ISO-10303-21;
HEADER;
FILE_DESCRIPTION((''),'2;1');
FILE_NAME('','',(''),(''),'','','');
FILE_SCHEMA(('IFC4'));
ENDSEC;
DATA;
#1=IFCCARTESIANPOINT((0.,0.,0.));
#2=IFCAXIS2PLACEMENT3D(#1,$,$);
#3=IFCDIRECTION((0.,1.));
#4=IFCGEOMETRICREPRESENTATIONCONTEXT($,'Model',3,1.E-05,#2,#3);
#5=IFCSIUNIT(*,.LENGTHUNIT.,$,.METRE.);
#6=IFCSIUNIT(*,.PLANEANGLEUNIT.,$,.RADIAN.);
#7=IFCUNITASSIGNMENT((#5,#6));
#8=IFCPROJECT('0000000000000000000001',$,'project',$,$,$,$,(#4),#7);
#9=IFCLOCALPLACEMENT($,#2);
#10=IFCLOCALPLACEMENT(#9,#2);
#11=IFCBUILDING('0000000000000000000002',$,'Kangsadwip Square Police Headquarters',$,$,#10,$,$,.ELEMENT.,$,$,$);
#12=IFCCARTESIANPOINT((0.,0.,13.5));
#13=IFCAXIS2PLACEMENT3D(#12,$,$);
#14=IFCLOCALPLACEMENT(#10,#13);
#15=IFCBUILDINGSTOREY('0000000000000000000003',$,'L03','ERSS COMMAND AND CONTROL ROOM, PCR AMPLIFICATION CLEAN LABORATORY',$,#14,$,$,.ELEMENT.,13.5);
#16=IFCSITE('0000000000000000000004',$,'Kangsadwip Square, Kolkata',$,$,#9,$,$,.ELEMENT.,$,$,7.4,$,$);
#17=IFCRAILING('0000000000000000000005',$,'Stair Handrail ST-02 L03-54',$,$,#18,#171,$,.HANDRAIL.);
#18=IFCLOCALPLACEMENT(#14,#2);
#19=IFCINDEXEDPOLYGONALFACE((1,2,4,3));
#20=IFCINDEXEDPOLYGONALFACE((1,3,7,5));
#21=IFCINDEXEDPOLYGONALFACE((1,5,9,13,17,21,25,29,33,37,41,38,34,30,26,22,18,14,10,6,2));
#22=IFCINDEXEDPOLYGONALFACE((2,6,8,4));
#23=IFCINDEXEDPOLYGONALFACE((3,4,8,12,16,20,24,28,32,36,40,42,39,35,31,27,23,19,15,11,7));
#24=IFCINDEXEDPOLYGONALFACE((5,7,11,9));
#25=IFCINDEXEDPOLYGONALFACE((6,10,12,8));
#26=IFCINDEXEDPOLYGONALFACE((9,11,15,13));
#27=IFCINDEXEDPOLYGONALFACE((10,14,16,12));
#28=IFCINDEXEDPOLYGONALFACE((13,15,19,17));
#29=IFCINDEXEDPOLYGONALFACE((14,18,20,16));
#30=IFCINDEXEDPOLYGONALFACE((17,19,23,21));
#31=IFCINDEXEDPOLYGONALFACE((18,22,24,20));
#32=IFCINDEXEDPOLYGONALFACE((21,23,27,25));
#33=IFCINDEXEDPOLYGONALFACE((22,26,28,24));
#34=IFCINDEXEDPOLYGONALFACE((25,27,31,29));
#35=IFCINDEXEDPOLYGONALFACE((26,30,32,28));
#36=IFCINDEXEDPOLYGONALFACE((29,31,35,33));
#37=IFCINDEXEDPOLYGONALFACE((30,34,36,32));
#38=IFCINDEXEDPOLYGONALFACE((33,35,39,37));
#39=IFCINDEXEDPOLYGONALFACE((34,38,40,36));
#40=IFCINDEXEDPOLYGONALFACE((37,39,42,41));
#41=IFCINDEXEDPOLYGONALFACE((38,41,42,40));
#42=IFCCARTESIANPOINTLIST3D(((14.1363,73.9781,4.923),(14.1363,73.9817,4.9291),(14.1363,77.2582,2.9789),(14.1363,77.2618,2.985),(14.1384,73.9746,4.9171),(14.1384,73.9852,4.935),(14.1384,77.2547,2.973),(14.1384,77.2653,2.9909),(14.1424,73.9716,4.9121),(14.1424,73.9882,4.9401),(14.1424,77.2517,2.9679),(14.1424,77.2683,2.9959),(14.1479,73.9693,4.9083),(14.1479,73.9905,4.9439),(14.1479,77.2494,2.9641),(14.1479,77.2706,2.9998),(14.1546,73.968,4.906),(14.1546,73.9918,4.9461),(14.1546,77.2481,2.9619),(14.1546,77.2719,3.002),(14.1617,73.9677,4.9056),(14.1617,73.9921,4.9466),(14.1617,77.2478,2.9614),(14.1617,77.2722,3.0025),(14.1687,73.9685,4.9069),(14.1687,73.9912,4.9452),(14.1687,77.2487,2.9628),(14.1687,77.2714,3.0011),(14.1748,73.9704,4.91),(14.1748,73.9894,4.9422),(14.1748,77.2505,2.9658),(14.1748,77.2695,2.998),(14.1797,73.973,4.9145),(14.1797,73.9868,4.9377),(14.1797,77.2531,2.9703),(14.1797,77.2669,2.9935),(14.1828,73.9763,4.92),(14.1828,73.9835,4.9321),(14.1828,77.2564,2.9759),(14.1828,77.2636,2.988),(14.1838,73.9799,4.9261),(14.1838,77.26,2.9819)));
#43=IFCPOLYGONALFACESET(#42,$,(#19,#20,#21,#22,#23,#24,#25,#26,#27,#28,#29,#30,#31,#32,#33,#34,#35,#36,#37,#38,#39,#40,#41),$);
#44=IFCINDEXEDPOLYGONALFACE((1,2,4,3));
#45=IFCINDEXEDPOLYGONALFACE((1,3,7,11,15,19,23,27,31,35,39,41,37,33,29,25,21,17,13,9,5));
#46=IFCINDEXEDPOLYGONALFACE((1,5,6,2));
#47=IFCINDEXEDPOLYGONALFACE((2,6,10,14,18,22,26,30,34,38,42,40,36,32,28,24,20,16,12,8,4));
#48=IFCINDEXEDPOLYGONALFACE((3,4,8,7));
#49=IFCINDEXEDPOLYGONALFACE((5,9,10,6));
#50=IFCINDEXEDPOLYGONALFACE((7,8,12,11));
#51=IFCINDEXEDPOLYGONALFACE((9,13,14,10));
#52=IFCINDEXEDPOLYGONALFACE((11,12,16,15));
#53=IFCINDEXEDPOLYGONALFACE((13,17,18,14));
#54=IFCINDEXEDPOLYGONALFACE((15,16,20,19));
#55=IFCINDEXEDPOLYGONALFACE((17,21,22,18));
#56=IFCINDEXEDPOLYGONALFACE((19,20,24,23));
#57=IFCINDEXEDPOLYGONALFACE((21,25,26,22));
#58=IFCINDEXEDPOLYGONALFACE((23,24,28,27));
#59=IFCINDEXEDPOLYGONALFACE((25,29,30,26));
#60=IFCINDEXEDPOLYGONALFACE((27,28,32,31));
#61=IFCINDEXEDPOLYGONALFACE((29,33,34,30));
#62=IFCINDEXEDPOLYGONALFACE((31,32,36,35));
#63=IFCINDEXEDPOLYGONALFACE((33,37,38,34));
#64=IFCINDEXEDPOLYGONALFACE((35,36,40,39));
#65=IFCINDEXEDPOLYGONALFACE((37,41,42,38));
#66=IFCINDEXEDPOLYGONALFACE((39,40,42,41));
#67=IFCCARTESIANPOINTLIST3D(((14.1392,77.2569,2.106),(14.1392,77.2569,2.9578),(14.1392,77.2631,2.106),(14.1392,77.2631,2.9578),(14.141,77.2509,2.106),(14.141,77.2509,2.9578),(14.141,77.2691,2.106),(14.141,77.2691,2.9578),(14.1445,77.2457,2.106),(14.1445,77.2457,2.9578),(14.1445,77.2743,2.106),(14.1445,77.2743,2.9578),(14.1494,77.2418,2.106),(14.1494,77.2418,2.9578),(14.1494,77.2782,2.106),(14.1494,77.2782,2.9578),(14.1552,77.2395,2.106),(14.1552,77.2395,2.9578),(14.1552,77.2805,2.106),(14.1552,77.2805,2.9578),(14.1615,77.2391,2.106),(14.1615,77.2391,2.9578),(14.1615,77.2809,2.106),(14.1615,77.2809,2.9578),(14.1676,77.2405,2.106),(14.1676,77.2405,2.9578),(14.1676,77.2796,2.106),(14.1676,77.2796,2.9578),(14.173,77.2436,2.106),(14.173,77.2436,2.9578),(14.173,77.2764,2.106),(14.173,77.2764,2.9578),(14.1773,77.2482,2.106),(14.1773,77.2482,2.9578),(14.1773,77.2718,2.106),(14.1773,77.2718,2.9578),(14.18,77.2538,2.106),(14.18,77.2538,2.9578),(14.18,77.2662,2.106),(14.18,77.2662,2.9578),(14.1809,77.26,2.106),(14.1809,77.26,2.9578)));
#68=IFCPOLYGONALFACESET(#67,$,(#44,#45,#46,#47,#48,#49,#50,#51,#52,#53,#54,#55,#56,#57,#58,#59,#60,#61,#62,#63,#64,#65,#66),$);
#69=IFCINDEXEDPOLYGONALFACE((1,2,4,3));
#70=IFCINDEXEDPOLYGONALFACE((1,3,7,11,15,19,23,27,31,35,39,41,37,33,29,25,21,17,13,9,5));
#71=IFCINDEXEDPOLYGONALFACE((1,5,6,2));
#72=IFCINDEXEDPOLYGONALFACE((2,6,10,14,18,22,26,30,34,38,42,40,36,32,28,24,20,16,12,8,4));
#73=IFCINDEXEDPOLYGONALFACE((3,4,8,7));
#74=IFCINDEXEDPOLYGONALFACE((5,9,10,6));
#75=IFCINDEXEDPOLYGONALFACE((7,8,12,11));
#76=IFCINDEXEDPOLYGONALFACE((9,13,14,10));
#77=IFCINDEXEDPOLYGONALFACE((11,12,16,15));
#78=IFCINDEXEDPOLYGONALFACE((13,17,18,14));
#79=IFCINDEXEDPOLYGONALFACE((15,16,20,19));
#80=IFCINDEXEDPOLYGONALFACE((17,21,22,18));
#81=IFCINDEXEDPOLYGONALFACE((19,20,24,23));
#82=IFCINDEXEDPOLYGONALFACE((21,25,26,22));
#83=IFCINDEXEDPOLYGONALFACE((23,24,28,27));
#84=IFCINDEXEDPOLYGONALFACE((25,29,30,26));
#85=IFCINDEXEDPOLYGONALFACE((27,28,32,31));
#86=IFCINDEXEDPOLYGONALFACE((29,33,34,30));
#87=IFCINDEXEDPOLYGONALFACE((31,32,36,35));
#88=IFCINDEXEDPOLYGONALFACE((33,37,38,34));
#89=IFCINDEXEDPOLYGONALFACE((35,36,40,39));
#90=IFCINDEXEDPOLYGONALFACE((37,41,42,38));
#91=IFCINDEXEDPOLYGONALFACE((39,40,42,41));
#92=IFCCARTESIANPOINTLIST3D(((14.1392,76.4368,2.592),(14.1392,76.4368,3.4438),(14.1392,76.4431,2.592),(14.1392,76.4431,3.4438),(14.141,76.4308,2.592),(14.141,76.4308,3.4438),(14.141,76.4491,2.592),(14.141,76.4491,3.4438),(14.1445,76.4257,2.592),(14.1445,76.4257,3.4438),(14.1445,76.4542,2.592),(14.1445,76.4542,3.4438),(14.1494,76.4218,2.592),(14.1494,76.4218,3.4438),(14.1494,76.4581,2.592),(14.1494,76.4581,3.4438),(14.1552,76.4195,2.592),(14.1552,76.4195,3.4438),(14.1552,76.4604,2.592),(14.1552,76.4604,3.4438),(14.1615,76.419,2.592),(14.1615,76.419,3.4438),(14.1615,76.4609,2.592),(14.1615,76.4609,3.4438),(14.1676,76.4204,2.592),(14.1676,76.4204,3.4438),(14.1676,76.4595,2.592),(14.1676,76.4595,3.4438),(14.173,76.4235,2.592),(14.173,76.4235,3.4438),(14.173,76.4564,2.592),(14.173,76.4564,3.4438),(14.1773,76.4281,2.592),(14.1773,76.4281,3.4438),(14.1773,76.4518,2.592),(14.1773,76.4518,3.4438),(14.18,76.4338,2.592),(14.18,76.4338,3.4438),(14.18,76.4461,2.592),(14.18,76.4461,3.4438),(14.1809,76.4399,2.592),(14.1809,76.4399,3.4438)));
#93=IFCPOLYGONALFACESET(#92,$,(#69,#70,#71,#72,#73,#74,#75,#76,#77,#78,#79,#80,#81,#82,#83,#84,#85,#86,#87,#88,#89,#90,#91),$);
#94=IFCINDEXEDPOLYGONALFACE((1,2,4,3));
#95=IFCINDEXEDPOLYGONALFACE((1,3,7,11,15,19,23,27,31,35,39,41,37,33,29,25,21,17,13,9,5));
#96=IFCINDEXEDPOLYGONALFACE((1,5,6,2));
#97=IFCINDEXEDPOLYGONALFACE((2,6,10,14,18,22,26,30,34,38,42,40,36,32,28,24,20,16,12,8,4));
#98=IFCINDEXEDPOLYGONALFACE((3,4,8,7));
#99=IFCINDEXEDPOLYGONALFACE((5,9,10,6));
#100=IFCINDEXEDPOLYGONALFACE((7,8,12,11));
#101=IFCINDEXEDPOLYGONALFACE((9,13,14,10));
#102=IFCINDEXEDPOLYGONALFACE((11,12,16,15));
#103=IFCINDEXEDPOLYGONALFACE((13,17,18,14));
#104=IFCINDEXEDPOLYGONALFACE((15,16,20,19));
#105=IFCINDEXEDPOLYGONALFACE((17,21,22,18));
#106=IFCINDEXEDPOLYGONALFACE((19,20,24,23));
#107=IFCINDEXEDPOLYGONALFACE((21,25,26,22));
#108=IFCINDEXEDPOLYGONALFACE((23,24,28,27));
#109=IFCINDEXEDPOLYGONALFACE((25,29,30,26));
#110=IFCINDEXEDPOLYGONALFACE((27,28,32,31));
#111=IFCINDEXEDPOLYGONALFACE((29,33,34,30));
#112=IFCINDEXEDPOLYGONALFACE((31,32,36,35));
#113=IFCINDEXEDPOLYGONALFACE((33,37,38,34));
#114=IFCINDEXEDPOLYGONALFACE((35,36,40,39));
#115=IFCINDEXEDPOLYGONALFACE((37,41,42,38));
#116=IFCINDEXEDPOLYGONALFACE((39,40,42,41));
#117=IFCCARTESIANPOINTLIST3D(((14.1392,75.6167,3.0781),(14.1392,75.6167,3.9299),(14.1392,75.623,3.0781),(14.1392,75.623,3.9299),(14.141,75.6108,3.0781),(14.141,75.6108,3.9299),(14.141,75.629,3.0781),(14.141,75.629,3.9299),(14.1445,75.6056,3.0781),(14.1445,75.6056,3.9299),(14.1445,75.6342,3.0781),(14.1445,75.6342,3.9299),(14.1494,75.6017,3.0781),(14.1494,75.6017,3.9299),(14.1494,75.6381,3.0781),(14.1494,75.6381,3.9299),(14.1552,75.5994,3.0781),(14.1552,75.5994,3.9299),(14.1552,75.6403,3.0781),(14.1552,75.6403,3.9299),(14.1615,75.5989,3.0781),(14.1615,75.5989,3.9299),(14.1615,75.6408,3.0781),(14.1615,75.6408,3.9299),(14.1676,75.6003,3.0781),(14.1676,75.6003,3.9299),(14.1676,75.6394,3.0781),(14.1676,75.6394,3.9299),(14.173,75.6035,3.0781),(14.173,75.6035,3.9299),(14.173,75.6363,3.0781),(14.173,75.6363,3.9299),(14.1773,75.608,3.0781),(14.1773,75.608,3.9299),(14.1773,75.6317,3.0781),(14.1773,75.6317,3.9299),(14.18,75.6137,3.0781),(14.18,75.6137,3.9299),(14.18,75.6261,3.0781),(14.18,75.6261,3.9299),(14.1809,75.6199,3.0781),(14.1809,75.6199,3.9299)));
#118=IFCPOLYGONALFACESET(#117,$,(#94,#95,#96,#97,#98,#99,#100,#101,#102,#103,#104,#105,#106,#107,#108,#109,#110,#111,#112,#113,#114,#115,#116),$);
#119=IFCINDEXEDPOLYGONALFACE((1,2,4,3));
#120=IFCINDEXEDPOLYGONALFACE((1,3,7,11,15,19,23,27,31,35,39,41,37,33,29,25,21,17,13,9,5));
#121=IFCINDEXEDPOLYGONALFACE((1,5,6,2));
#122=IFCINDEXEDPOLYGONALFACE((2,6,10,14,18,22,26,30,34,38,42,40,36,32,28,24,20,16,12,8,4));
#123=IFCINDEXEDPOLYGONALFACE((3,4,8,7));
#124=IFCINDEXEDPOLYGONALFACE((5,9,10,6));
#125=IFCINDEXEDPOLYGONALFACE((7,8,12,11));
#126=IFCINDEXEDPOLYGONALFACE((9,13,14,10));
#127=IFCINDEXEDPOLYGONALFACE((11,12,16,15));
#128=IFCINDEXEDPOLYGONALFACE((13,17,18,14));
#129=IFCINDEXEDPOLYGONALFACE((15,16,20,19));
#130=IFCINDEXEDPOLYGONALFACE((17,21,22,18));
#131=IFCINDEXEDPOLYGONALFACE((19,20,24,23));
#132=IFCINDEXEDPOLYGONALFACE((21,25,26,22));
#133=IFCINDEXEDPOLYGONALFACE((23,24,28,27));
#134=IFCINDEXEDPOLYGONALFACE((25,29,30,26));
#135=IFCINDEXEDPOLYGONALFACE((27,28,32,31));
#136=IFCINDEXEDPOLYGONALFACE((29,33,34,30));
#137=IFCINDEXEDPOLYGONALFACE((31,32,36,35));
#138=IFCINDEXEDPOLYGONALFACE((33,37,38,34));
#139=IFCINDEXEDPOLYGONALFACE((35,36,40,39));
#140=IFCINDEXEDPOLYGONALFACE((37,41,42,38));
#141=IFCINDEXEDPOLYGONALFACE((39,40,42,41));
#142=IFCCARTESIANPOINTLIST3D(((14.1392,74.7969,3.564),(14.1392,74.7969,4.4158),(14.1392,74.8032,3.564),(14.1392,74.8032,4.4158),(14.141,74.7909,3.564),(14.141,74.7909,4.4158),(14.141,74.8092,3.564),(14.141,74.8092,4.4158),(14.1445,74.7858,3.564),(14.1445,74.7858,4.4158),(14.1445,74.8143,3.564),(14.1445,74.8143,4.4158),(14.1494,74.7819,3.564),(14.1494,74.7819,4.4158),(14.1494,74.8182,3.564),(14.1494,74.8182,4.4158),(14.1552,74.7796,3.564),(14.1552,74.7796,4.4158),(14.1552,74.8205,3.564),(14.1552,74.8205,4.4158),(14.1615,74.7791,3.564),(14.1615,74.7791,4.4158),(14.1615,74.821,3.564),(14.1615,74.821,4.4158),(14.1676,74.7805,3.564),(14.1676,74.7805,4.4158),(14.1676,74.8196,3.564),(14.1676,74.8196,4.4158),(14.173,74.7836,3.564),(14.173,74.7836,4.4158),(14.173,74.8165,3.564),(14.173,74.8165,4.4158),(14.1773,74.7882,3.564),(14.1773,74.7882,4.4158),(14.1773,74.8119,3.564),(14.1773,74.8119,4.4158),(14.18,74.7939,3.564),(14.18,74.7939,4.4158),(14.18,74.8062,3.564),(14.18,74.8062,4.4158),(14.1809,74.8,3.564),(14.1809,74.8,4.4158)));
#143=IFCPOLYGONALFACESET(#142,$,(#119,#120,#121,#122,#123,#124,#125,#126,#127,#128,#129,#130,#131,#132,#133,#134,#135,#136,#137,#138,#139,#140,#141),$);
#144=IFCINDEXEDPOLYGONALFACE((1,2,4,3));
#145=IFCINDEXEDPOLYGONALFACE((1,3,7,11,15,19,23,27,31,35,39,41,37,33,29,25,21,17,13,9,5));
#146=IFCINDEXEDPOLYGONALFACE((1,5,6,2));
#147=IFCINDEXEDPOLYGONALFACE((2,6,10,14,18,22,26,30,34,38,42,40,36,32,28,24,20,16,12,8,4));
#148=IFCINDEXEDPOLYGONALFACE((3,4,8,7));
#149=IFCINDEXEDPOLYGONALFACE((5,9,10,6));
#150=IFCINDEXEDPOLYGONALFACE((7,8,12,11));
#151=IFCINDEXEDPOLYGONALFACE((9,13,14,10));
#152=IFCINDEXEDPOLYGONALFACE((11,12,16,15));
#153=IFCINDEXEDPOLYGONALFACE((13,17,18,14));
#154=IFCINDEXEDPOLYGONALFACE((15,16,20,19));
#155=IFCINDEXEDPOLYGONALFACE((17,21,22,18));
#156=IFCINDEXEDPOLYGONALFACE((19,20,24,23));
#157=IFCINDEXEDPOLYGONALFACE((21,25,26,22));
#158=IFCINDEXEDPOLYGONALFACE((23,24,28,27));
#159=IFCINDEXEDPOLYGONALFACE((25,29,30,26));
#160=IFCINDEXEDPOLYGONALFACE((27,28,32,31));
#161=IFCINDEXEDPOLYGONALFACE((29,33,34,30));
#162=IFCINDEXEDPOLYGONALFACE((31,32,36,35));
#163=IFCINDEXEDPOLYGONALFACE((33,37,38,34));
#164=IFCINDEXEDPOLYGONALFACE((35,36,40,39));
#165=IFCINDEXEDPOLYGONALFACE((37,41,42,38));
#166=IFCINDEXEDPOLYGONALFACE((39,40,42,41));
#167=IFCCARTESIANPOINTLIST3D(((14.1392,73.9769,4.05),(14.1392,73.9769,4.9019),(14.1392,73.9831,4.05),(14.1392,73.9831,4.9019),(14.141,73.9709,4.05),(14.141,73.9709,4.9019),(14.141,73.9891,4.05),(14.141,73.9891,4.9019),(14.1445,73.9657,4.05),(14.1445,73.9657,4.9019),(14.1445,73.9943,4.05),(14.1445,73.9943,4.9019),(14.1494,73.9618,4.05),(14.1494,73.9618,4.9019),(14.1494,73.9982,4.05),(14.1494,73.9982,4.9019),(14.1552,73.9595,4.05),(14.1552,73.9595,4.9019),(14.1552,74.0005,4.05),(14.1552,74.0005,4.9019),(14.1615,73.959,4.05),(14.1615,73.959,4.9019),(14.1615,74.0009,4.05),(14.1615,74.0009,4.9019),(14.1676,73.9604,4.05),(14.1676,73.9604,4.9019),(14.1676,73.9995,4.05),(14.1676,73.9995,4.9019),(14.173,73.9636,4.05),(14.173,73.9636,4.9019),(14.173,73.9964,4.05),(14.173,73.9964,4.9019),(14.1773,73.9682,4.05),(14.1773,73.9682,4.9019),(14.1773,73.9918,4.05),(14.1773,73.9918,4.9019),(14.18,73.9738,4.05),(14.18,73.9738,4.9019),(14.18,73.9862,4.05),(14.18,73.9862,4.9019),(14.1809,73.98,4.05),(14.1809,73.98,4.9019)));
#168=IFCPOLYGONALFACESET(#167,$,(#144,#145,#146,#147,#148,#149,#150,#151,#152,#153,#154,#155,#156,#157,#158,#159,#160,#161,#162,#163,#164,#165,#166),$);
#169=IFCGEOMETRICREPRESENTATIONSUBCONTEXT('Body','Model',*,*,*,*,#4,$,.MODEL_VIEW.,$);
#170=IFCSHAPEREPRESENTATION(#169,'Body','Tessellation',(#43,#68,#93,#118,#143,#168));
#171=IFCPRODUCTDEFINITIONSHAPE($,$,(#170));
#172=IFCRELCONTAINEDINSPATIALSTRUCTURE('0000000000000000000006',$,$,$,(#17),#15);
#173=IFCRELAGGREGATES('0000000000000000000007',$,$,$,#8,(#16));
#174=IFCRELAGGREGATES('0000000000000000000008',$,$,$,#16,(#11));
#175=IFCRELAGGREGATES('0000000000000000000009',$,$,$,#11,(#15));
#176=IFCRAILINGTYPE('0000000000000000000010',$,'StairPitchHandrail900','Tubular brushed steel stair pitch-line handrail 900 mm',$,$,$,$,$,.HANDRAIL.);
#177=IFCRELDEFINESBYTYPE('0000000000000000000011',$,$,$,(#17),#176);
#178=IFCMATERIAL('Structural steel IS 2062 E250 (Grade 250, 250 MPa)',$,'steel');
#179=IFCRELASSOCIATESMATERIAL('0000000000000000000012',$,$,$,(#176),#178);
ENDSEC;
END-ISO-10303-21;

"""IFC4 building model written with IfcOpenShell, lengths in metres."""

from ifc_helpers import new_model, si_unit, direction, frame, origin, origin_2d, place, context, subcontext, project, spatial, circle, extrude, material, type_object, element, save


model = new_model("IFC4")

# Units and contexts
model_context = context("Model", 3, precision=1e-05, world=origin(), true_north=direction((0.0, 1.0)))
body_context = subcontext(model_context, "Body", "Model", "MODEL_VIEW")
ifc_project = project(units=[si_unit("LENGTHUNIT", "METRE"), si_unit("PLANEANGLEUNIT", "RADIAN")], contexts=[model_context])

# Site, building, storey
site_placement = place(None, origin())
site = spatial("IfcSite", under=ifc_project, at=site_placement, Name="Kangsadwip Square, Kolkata", CompositionType="ELEMENT", RefElevation=7.4)
building_placement = place(site_placement, origin())
building = spatial("IfcBuilding", under=site, at=building_placement, Name="Kangsadwip Square Police Headquarters", CompositionType="ELEMENT")
storey_placement = place(building_placement, frame((0.0, 0.0, 13.5)))
storey = spatial("IfcBuildingStorey", under=building, at=storey_placement, Name="L03", Description="ERSS COMMAND AND CONTROL ROOM, PCR AMPLIFICATION CLEAN LABORATORY", CompositionType="ELEMENT", Elevation=13.5)

# Railing
ifc_material_1 = material(Name="Structural steel IS 2062 E250 (Grade 250, 250 MPa)", Category="steel")
railing_type = type_object("IfcRailingType", Name="StairPitchHandrail900", Description="Tubular brushed steel stair pitch-line handrail 900 mm", PredefinedType="HANDRAIL", material=ifc_material_1)
railing_placement = place(storey_placement, frame((14.1599, 77.26, 2.106)))
element("IfcRailing", 1, at=railing_placement, inside=storey, type_object=railing_type, Name="Stair Handrail ST-02 L03-54", PredefinedType="HANDRAIL", context=body_context, shape_type="SweptSolid", body=[
    extrude(circle(Radius=0.0239, at=origin_2d()), frame((0.0, 0.0, 0.876), z_axis=(0.0, -0.860249, 0.509874), x_axis=(1.0, 0.0, 0.0)), (0.0, 0.0, 1.0), 3.813),
    extrude(circle(Radius=0.021, at=origin_2d()), origin(), (0.0, 0.0, 1.0), 0.8518),
    extrude(circle(Radius=0.021, at=origin_2d()), frame((0.0, -0.8201, 0.4861)), (0.0, 0.0, 1.0), 0.8518),
    extrude(circle(Radius=0.021, at=origin_2d()), frame((0.0, -1.6401, 0.9722)), (0.0, 0.0, 1.0), 0.8518),
    extrude(circle(Radius=0.021, at=origin_2d()), frame((0.0, -2.46, 1.458)), (0.0, 0.0, 1.0), 0.8518),
    extrude(circle(Radius=0.021, at=origin_2d()), frame((0.0, -3.28, 1.9441)), (0.0, 0.0, 1.0), 0.8518),
])

save(model, "model.ifc")
